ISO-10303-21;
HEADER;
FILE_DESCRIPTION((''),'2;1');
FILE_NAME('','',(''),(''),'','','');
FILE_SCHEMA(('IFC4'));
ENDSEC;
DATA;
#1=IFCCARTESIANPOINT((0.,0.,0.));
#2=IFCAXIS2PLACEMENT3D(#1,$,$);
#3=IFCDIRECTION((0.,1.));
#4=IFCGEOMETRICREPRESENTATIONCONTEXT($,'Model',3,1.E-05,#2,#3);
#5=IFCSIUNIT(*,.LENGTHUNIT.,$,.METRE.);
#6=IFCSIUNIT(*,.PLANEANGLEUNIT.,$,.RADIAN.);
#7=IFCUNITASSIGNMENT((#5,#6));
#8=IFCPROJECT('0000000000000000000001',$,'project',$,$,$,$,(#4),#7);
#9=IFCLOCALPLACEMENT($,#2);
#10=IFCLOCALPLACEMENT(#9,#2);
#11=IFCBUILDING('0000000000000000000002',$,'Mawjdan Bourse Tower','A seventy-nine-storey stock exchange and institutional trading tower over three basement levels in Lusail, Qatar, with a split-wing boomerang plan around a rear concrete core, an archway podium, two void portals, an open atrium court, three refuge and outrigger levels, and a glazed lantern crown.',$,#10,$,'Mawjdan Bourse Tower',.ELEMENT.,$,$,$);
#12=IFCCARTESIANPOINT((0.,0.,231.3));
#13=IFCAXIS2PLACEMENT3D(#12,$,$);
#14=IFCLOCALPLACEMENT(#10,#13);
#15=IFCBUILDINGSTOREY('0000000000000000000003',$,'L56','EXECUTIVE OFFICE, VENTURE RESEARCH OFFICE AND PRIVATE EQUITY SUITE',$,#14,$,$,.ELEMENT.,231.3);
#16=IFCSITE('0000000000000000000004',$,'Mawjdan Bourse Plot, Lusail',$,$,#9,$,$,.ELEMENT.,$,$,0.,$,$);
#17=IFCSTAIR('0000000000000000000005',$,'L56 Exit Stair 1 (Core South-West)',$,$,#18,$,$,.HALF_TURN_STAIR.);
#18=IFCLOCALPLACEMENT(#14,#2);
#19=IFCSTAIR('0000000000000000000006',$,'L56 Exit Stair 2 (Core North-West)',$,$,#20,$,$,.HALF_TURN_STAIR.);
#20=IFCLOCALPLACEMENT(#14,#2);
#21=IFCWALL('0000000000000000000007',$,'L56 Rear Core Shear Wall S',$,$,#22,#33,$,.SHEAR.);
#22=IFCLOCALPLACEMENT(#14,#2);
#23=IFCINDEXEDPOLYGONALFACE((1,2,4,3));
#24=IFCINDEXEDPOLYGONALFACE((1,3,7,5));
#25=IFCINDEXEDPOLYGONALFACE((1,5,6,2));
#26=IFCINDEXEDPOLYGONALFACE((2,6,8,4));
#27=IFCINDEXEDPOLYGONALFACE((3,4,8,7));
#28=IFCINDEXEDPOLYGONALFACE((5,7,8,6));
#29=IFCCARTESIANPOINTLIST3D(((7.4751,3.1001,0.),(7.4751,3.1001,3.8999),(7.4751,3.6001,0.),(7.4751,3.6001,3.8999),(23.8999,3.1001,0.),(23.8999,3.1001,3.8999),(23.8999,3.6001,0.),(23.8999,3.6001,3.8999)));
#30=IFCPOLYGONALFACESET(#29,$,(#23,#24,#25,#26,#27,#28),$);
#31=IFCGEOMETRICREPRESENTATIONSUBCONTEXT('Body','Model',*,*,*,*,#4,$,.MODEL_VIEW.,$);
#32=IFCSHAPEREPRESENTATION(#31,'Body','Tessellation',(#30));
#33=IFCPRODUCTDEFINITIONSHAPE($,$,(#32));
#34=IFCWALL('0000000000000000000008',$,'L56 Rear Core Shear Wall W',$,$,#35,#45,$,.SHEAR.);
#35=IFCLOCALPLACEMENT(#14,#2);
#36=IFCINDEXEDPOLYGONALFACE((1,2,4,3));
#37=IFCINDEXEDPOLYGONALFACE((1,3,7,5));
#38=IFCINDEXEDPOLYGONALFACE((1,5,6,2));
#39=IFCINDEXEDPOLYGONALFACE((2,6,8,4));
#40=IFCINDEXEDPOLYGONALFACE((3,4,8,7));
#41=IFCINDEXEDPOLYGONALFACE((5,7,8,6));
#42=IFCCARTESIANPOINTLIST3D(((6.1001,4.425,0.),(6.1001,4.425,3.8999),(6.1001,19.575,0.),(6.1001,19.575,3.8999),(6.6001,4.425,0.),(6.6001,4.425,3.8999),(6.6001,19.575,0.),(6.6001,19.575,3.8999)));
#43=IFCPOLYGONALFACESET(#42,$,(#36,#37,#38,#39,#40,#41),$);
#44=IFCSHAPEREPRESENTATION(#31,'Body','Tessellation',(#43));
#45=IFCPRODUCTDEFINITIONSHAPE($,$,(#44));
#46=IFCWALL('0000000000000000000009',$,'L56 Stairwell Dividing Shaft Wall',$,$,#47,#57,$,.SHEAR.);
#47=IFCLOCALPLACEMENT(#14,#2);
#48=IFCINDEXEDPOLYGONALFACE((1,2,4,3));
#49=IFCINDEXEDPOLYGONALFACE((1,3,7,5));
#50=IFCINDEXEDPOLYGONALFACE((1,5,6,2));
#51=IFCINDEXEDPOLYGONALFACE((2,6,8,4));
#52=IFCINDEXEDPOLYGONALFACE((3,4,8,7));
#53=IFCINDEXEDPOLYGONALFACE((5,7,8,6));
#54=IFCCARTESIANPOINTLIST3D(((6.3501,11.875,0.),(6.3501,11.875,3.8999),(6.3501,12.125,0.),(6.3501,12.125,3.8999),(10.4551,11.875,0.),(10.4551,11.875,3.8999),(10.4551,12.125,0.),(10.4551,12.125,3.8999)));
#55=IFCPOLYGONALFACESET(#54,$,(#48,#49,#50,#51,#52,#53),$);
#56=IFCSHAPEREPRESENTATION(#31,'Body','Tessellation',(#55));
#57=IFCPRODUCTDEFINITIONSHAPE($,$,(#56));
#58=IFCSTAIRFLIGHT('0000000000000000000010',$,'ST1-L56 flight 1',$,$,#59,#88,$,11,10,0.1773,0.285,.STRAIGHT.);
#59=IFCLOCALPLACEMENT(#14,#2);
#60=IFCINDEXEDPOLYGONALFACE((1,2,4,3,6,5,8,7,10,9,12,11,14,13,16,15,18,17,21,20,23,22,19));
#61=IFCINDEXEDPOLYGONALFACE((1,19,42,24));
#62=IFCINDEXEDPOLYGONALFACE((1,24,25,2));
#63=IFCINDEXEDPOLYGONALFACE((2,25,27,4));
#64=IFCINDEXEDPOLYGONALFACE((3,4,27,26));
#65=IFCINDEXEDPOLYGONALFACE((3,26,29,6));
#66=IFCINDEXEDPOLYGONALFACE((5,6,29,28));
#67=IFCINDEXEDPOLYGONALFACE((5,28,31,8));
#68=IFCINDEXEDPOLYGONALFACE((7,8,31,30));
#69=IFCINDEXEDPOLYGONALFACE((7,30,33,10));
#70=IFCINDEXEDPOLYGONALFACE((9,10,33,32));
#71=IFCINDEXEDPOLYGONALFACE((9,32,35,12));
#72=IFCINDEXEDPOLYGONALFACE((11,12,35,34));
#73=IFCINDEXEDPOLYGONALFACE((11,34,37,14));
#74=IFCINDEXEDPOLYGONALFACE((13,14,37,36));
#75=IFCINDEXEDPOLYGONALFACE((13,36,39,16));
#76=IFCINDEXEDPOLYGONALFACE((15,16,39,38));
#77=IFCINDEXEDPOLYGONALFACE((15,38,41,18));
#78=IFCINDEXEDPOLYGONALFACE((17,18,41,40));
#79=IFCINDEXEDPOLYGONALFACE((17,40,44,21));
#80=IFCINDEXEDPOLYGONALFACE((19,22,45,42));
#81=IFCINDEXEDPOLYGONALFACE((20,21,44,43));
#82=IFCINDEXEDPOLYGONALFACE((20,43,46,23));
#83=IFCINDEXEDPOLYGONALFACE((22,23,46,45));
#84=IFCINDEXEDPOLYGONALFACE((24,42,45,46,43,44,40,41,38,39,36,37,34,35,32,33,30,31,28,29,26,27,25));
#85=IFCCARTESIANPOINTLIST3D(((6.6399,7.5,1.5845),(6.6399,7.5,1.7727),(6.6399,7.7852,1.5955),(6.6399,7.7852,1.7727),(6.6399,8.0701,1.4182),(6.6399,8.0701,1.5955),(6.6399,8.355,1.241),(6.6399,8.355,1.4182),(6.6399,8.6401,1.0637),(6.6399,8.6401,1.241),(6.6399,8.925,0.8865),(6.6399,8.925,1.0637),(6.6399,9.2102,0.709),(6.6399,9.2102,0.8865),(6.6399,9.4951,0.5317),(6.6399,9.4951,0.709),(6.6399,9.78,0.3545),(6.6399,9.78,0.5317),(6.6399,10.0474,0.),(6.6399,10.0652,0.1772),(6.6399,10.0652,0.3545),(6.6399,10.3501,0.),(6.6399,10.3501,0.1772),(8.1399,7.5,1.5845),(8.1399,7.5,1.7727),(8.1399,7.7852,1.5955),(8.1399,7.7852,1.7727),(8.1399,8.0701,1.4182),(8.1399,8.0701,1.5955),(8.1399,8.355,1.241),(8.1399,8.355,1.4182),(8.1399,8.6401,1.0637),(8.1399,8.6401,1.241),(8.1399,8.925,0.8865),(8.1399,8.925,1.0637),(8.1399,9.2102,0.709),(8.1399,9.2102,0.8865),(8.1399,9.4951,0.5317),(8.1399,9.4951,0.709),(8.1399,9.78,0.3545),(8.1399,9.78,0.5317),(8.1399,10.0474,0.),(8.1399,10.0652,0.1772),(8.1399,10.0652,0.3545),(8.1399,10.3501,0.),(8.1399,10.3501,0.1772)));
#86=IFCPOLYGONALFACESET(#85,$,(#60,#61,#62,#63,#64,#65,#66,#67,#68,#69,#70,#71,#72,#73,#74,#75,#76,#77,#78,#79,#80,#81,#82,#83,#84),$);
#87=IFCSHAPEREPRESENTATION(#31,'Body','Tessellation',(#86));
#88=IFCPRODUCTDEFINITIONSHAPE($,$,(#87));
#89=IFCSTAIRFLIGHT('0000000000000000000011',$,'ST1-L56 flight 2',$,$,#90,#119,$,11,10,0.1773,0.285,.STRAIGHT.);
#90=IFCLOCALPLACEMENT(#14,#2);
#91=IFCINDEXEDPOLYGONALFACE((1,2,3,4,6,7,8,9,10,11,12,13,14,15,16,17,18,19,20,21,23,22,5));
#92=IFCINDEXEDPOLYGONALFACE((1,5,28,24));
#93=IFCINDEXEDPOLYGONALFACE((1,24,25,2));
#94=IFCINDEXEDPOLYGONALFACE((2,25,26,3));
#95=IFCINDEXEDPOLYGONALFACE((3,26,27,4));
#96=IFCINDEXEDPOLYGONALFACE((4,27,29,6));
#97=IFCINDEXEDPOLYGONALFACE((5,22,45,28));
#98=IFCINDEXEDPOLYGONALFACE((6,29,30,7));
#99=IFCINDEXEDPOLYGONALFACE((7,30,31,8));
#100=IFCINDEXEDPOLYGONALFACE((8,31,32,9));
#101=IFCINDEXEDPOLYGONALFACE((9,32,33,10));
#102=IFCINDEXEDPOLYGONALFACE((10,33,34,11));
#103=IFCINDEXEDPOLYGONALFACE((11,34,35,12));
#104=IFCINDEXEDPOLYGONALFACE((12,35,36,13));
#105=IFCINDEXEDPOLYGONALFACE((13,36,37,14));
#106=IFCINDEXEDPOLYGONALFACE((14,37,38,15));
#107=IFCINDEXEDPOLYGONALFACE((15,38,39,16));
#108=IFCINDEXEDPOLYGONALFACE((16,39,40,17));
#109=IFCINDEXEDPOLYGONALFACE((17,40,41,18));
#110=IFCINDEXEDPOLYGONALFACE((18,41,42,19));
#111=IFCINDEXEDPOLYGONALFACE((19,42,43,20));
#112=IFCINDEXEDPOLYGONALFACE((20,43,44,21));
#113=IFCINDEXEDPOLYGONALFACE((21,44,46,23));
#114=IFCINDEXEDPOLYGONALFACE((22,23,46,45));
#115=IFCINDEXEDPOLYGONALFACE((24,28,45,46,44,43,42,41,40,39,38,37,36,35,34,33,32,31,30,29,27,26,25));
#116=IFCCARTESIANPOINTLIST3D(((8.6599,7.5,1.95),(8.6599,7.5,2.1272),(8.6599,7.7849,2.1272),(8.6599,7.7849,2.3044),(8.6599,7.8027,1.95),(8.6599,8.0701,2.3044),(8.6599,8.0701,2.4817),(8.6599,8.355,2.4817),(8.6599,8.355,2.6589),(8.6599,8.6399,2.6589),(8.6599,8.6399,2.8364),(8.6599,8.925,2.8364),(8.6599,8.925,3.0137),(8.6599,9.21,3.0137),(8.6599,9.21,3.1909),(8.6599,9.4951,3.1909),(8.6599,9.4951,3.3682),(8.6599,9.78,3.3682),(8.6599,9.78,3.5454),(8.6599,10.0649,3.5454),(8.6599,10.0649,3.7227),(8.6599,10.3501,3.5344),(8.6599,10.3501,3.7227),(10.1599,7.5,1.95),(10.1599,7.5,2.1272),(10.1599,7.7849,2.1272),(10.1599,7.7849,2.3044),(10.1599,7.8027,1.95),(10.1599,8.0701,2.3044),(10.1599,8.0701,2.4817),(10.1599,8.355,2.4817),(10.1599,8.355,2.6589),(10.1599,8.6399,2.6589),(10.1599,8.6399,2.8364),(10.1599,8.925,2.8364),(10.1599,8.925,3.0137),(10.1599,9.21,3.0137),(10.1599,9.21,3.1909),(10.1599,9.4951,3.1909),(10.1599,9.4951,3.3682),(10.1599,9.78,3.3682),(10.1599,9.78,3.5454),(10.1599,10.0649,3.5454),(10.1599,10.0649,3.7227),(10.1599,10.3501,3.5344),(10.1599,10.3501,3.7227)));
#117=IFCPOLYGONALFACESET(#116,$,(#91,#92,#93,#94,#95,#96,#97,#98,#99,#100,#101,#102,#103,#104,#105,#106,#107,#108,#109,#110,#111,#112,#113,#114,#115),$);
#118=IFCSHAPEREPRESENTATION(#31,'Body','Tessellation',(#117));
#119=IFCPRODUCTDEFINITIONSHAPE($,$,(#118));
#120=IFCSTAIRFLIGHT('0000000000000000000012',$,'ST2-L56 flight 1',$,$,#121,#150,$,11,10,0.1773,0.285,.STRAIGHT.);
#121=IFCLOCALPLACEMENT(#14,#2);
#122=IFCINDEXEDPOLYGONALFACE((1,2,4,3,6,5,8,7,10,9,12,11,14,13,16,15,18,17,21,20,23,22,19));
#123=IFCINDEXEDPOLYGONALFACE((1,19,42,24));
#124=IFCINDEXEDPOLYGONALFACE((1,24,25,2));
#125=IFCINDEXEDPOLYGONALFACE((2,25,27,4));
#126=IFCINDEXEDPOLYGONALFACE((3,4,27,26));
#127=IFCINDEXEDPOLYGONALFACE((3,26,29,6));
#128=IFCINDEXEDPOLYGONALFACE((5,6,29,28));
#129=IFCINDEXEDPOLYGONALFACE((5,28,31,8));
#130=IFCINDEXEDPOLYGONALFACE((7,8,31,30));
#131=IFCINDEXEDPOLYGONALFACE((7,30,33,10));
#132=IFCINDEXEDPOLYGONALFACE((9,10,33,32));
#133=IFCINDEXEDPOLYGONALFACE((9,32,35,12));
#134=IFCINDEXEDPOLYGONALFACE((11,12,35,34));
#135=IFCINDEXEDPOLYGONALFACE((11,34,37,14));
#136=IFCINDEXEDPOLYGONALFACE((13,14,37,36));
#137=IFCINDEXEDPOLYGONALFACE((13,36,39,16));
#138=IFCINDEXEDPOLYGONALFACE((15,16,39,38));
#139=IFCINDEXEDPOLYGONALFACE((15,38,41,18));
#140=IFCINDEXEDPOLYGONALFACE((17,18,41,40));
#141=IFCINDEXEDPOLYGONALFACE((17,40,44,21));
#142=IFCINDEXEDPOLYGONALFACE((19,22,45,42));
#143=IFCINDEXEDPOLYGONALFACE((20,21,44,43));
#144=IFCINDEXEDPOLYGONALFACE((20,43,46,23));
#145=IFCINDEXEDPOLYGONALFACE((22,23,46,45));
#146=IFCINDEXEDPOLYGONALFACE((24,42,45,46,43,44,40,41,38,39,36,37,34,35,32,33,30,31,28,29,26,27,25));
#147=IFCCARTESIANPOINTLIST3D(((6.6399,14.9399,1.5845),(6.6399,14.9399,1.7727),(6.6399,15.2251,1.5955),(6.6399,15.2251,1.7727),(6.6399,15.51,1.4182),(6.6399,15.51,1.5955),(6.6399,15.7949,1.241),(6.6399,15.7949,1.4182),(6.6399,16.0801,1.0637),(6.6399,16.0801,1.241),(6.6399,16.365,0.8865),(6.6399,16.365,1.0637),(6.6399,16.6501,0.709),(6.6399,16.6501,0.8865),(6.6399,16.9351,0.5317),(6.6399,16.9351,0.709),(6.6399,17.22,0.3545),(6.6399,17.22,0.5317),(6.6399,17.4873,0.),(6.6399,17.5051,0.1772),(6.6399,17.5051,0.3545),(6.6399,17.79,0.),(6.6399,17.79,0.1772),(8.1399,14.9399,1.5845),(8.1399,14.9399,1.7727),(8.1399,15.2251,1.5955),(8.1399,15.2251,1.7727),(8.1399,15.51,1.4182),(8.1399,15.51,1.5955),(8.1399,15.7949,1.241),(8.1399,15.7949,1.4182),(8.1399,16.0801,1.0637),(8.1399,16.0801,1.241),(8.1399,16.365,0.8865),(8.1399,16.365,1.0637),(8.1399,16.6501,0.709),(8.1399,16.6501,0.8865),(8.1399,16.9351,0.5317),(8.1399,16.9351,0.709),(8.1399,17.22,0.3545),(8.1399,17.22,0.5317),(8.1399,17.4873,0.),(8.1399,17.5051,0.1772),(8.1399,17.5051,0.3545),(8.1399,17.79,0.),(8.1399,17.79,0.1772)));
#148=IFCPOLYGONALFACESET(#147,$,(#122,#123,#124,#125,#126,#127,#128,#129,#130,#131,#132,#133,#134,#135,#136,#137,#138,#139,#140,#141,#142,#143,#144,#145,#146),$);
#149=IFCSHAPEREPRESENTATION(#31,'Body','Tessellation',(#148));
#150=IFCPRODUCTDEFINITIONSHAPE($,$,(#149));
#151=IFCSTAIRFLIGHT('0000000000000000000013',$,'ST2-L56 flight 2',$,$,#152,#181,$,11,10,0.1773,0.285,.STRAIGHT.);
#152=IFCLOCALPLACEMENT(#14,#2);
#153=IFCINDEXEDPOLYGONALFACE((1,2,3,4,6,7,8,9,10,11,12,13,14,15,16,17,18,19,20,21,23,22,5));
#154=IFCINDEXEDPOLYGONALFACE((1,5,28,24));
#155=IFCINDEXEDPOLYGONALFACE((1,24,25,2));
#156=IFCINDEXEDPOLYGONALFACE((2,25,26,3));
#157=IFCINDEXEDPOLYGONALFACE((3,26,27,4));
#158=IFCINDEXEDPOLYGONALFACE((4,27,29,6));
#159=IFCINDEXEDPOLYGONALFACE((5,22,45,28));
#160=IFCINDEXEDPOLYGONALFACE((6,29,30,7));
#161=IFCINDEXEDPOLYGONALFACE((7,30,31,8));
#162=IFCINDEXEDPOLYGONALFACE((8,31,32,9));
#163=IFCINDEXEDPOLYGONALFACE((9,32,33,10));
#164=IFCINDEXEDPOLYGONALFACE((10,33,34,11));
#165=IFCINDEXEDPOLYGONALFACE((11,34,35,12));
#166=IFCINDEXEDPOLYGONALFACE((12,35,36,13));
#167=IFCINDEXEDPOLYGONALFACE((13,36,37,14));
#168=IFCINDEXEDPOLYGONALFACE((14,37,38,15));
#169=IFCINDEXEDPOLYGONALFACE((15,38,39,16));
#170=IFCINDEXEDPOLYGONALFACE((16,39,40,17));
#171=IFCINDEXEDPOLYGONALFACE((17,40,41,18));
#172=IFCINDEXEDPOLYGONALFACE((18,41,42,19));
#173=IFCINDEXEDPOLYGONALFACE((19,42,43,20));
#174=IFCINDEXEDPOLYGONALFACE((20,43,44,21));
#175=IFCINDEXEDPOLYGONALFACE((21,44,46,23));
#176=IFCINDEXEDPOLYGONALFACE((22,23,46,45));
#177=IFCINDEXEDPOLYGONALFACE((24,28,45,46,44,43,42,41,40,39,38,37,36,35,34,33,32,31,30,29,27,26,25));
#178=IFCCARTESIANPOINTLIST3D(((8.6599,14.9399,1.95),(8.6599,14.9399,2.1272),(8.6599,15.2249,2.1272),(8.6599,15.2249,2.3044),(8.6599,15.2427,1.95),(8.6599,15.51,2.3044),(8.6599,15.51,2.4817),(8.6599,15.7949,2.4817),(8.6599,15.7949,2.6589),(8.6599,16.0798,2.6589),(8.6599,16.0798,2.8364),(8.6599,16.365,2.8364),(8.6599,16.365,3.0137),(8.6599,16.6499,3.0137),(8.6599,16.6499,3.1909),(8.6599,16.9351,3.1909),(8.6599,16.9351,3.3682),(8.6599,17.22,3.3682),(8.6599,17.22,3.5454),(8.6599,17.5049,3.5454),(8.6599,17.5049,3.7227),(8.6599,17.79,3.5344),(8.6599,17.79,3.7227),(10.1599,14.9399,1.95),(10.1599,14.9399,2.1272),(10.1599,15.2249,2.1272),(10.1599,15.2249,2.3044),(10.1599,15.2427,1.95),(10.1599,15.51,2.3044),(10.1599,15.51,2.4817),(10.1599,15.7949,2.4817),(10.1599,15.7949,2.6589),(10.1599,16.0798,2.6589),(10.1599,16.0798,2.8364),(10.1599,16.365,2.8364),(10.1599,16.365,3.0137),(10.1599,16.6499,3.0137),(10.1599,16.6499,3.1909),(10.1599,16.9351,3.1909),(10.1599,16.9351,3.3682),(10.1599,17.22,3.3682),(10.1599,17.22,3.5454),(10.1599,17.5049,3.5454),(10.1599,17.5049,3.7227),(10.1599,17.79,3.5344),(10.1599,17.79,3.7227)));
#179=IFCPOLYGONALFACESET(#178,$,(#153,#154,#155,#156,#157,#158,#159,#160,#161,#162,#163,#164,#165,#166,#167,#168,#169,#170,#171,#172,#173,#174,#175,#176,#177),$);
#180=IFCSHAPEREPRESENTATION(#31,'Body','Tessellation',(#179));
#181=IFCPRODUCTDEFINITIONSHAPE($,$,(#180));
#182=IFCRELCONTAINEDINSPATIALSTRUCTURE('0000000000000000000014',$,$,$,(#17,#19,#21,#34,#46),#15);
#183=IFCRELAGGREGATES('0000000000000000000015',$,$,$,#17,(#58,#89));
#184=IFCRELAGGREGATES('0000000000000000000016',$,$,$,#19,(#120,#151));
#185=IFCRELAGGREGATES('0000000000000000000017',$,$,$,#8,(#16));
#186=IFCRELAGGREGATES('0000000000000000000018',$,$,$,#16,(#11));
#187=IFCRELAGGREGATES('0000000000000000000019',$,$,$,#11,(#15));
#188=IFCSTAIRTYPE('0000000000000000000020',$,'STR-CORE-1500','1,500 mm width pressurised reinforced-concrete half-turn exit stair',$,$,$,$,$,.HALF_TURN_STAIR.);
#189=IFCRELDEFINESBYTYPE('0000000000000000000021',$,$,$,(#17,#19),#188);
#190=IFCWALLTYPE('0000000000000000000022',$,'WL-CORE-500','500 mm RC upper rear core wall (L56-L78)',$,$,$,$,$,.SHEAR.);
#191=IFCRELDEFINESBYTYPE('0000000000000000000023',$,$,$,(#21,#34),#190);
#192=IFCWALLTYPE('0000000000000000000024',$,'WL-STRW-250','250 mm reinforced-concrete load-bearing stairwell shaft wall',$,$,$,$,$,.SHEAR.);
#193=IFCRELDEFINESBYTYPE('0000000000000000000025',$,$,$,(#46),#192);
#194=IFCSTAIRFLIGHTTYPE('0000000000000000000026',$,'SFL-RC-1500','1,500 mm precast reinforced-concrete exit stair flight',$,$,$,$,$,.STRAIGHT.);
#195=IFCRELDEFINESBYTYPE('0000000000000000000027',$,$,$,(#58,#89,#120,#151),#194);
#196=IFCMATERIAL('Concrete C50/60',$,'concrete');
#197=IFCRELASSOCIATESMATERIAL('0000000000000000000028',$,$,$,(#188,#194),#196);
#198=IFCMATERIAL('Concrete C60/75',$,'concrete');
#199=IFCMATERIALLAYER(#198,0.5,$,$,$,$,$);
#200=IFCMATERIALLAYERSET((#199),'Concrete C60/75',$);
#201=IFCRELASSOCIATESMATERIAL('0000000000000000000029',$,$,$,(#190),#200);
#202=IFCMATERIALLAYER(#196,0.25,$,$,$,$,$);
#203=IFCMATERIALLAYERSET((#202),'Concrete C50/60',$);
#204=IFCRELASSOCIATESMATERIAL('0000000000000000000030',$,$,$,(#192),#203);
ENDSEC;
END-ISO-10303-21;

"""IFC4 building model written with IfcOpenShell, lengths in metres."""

from ifc_helpers import new_model, si_unit, direction, frame, frame_2d, origin, place, context, subcontext, project, spatial, polyline, rectangle, outline, extrude, material, layer, layer_set, type_object, element, aggregate, save


model = new_model("IFC4")

# Units and contexts
model_context = context("Model", 3, precision=1e-05, world=origin(), true_north=direction((0.0, 1.0)))
body_context = subcontext(model_context, "Body", "Model", "MODEL_VIEW")
ifc_project = project(units=[si_unit("LENGTHUNIT", "METRE"), si_unit("PLANEANGLEUNIT", "RADIAN")], contexts=[model_context])

# Site, building, storey
site_placement = place(None, origin())
site = spatial("IfcSite", under=ifc_project, at=site_placement, Name="Mawjdan Bourse Plot, Lusail", CompositionType="ELEMENT", RefElevation=0.0)
building_placement = place(site_placement, origin())
building = spatial("IfcBuilding", under=site, at=building_placement, Name="Mawjdan Bourse Tower", Description="A seventy-nine-storey stock exchange and institutional trading tower over three basement levels in Lusail, Qatar, with a split-wing boomerang plan around a rear concrete core, an archway podium, two void portals, an open atrium court, three refuge and outrigger levels, and a glazed lantern crown.", LongName="Mawjdan Bourse Tower", CompositionType="ELEMENT")
storey_placement = place(building_placement, frame((0.0, 0.0, 231.3)))
storey = spatial("IfcBuildingStorey", under=building, at=storey_placement, Name="L56", Description="EXECUTIVE OFFICE, VENTURE RESEARCH OFFICE AND PRIVATE EQUITY SUITE", CompositionType="ELEMENT", Elevation=231.3)

# Stairs
ifc_material_1 = material(Name="Concrete C50/60", Category="concrete")
stair_type = type_object("IfcStairType", Name="STR-CORE-1500", Description="1,500 mm width pressurised reinforced-concrete half-turn exit stair", PredefinedType="HALF_TURN_STAIR", material=ifc_material_1)
stair_1_placement = place(storey_placement, origin())
stair_1 = element("IfcStair", 1, at=stair_1_placement, inside=storey, type_object=stair_type, Name="L56 Exit Stair 1 (Core South-West)", PredefinedType="HALF_TURN_STAIR")
stair_2_placement = place(storey_placement, origin())
stair_2 = element("IfcStair", 2, at=stair_2_placement, inside=storey, type_object=stair_type, Name="L56 Exit Stair 2 (Core North-West)", PredefinedType="HALF_TURN_STAIR")

# Walls
ifc_material_2 = material(Name="Concrete C60/75", Category="concrete")
ifc_layer_1 = layer(ifc_material_2, 0.5)
ifc_layer_set_1 = layer_set([ifc_layer_1], Name="Concrete C60/75")
wall_type_1 = type_object("IfcWallType", Name="WL-CORE-500", Description="500 mm RC upper rear core wall (L56-L78)", PredefinedType="SHEAR", material=ifc_layer_set_1)
wall_1_placement = place(storey_placement, frame((7.4751, 3.3501, 0.0), z_axis=(0.0, 0.0, 1.0), x_axis=(1.0, 0.0, 0.0)))
element("IfcWall", 3, at=wall_1_placement, inside=storey, type_object=wall_type_1, Name="L56 Rear Core Shear Wall S", PredefinedType="SHEAR", context=body_context, shape_type="SweptSolid", body=[
    extrude(rectangle(XDim=16.4248, YDim=0.5, at=frame_2d((8.2124, 0.0))), origin(), (0.0, 0.0, 1.0), 3.8999),
])
wall_2_placement = place(storey_placement, frame((6.3501, 4.425, 0.0), z_axis=(0.0, 0.0, 1.0), x_axis=(0.0, 1.0, 0.0)))
element("IfcWall", 4, at=wall_2_placement, inside=storey, type_object=wall_type_1, Name="L56 Rear Core Shear Wall W", PredefinedType="SHEAR", context=body_context, shape_type="SweptSolid", body=[
    extrude(rectangle(XDim=15.1499, YDim=0.5, at=frame_2d((7.575, 0.0))), origin(), (0.0, 0.0, 1.0), 3.8999),
])
ifc_layer_2 = layer(ifc_material_1, 0.25)
ifc_layer_set_2 = layer_set([ifc_layer_2], Name="Concrete C50/60")
wall_type_2 = type_object("IfcWallType", Name="WL-STRW-250", Description="250 mm reinforced-concrete load-bearing stairwell shaft wall", PredefinedType="SHEAR", material=ifc_layer_set_2)
wall_3_placement = place(storey_placement, frame((6.3501, 12.0, 0.0), z_axis=(0.0, 0.0, 1.0), x_axis=(1.0, 0.0, 0.0)))
element("IfcWall", 5, at=wall_3_placement, inside=storey, type_object=wall_type_2, Name="L56 Stairwell Dividing Shaft Wall", PredefinedType="SHEAR", context=body_context, shape_type="SweptSolid", body=[
    extrude(rectangle(XDim=4.105, YDim=0.25, at=frame_2d((2.0525, 0.0))), origin(), (0.0, 0.0, 1.0), 3.8999),
])

# Stair flights
stair_flight_type = type_object("IfcStairFlightType", Name="SFL-RC-1500", Description="1,500 mm precast reinforced-concrete exit stair flight", PredefinedType="STRAIGHT", material=ifc_material_1)
stair_flight_1_placement = place(storey_placement, frame((7.3899, 10.3501, 0.0), z_axis=(0.0, 0.0, 1.0), x_axis=(0.0, -1.0, 0.0)))
stair_flight_1 = element("IfcStairFlight", 6, at=stair_flight_1_placement, type_object=stair_flight_type, Name="ST1-L56 flight 1", NumberOfRisers=11, NumberOfTreads=10, PredefinedType="STRAIGHT", RiserHeight=0.1773, TreadLength=0.285, context=body_context, shape_type="SweptSolid", body=[
    extrude(outline(polyline([(0.0, 0.0), (0.0, 0.1772), (0.2849, 0.1772), (0.2849, 0.3545), (0.5701, 0.3545), (0.5701, 0.5317), (0.855, 0.5317), (0.855, 0.709), (1.1399, 0.709), (1.1399, 0.8865), (1.425, 0.8865), (1.425, 1.0637), (1.71, 1.0637), (1.71, 1.241), (1.9951, 1.241), (1.9951, 1.4182), (2.28, 1.4182), (2.28, 1.5955), (2.5649, 1.5955), (2.5649, 1.7727), (2.8501, 1.7727), (2.8501, 1.95), (2.8501, 1.5845), (0.3027, 0.0), (0.0, 0.0)])), frame((0.0, 0.75, 0.0), z_axis=(0.0, -1.0, 0.0), x_axis=(1.0, 0.0, 0.0)), (0.0, 0.0, 1.0), 1.5),
])
stair_flight_2_placement = place(storey_placement, frame((9.4099, 7.5, 1.95), z_axis=(0.0, 0.0, 1.0), x_axis=(0.0, 1.0, 0.0)))
stair_flight_2 = element("IfcStairFlight", 7, at=stair_flight_2_placement, type_object=stair_flight_type, Name="ST1-L56 flight 2", NumberOfRisers=11, NumberOfTreads=10, PredefinedType="STRAIGHT", RiserHeight=0.1773, TreadLength=0.285, context=body_context, shape_type="SweptSolid", body=[
    extrude(outline(polyline([(0.0, 0.0), (0.0, 0.1772), (0.2849, 0.1772), (0.2849, 0.3545), (0.5701, 0.3545), (0.5701, 0.5317), (0.855, 0.5317), (0.855, 0.709), (1.1399, 0.709), (1.1399, 0.8865), (1.425, 0.8865), (1.425, 1.0637), (1.71, 1.0637), (1.71, 1.241), (1.9951, 1.241), (1.9951, 1.4182), (2.28, 1.4182), (2.28, 1.5955), (2.5649, 1.5955), (2.5649, 1.7727), (2.8501, 1.7727), (2.8501, 1.95), (2.8501, 1.5845), (0.3027, 0.0), (0.0, 0.0)])), frame((0.0, 0.75, 0.0), z_axis=(0.0, -1.0, 0.0), x_axis=(1.0, 0.0, 0.0)), (0.0, 0.0, 1.0), 1.5),
])
aggregate(stair_1, [stair_flight_1, stair_flight_2])
stair_flight_3_placement = place(storey_placement, frame((7.3899, 17.79, 0.0), z_axis=(0.0, 0.0, 1.0), x_axis=(0.0, -1.0, 0.0)))
stair_flight_3 = element("IfcStairFlight", 8, at=stair_flight_3_placement, type_object=stair_flight_type, Name="ST2-L56 flight 1", NumberOfRisers=11, NumberOfTreads=10, PredefinedType="STRAIGHT", RiserHeight=0.1773, TreadLength=0.285, context=body_context, shape_type="SweptSolid", body=[
    extrude(outline(polyline([(0.0, 0.0), (0.0, 0.1772), (0.2849, 0.1772), (0.2849, 0.3545), (0.5701, 0.3545), (0.5701, 0.5317), (0.855, 0.5317), (0.855, 0.709), (1.1399, 0.709), (1.1399, 0.8865), (1.425, 0.8865), (1.425, 1.0637), (1.71, 1.0637), (1.71, 1.241), (1.9951, 1.241), (1.9951, 1.4182), (2.28, 1.4182), (2.28, 1.5955), (2.5649, 1.5955), (2.5649, 1.7727), (2.8501, 1.7727), (2.8501, 1.95), (2.8501, 1.5845), (0.3027, 0.0), (0.0, 0.0)])), frame((0.0, 0.75, 0.0), z_axis=(0.0, -1.0, 0.0), x_axis=(1.0, 0.0, 0.0)), (0.0, 0.0, 1.0), 1.5),
])
stair_flight_4_placement = place(storey_placement, frame((9.4099, 14.9399, 1.95), z_axis=(0.0, 0.0, 1.0), x_axis=(0.0, 1.0, 0.0)))
stair_flight_4 = element("IfcStairFlight", 9, at=stair_flight_4_placement, type_object=stair_flight_type, Name="ST2-L56 flight 2", NumberOfRisers=11, NumberOfTreads=10, PredefinedType="STRAIGHT", RiserHeight=0.1773, TreadLength=0.285, context=body_context, shape_type="SweptSolid", body=[
    extrude(outline(polyline([(0.0, 0.0), (0.0, 0.1772), (0.2849, 0.1772), (0.2849, 0.3545), (0.5701, 0.3545), (0.5701, 0.5317), (0.855, 0.5317), (0.855, 0.709), (1.1399, 0.709), (1.1399, 0.8865), (1.425, 0.8865), (1.425, 1.0637), (1.71, 1.0637), (1.71, 1.241), (1.9951, 1.241), (1.9951, 1.4182), (2.28, 1.4182), (2.28, 1.5955), (2.5649, 1.5955), (2.5649, 1.7727), (2.8501, 1.7727), (2.8501, 1.95), (2.8501, 1.5845), (0.3027, 0.0), (0.0, 0.0)])), frame((0.0, 0.75, 0.0), z_axis=(0.0, -1.0, 0.0), x_axis=(1.0, 0.0, 0.0)), (0.0, 0.0, 1.0), 1.5),
])
aggregate(stair_2, [stair_flight_3, stair_flight_4])

save(model, "model.ifc")
